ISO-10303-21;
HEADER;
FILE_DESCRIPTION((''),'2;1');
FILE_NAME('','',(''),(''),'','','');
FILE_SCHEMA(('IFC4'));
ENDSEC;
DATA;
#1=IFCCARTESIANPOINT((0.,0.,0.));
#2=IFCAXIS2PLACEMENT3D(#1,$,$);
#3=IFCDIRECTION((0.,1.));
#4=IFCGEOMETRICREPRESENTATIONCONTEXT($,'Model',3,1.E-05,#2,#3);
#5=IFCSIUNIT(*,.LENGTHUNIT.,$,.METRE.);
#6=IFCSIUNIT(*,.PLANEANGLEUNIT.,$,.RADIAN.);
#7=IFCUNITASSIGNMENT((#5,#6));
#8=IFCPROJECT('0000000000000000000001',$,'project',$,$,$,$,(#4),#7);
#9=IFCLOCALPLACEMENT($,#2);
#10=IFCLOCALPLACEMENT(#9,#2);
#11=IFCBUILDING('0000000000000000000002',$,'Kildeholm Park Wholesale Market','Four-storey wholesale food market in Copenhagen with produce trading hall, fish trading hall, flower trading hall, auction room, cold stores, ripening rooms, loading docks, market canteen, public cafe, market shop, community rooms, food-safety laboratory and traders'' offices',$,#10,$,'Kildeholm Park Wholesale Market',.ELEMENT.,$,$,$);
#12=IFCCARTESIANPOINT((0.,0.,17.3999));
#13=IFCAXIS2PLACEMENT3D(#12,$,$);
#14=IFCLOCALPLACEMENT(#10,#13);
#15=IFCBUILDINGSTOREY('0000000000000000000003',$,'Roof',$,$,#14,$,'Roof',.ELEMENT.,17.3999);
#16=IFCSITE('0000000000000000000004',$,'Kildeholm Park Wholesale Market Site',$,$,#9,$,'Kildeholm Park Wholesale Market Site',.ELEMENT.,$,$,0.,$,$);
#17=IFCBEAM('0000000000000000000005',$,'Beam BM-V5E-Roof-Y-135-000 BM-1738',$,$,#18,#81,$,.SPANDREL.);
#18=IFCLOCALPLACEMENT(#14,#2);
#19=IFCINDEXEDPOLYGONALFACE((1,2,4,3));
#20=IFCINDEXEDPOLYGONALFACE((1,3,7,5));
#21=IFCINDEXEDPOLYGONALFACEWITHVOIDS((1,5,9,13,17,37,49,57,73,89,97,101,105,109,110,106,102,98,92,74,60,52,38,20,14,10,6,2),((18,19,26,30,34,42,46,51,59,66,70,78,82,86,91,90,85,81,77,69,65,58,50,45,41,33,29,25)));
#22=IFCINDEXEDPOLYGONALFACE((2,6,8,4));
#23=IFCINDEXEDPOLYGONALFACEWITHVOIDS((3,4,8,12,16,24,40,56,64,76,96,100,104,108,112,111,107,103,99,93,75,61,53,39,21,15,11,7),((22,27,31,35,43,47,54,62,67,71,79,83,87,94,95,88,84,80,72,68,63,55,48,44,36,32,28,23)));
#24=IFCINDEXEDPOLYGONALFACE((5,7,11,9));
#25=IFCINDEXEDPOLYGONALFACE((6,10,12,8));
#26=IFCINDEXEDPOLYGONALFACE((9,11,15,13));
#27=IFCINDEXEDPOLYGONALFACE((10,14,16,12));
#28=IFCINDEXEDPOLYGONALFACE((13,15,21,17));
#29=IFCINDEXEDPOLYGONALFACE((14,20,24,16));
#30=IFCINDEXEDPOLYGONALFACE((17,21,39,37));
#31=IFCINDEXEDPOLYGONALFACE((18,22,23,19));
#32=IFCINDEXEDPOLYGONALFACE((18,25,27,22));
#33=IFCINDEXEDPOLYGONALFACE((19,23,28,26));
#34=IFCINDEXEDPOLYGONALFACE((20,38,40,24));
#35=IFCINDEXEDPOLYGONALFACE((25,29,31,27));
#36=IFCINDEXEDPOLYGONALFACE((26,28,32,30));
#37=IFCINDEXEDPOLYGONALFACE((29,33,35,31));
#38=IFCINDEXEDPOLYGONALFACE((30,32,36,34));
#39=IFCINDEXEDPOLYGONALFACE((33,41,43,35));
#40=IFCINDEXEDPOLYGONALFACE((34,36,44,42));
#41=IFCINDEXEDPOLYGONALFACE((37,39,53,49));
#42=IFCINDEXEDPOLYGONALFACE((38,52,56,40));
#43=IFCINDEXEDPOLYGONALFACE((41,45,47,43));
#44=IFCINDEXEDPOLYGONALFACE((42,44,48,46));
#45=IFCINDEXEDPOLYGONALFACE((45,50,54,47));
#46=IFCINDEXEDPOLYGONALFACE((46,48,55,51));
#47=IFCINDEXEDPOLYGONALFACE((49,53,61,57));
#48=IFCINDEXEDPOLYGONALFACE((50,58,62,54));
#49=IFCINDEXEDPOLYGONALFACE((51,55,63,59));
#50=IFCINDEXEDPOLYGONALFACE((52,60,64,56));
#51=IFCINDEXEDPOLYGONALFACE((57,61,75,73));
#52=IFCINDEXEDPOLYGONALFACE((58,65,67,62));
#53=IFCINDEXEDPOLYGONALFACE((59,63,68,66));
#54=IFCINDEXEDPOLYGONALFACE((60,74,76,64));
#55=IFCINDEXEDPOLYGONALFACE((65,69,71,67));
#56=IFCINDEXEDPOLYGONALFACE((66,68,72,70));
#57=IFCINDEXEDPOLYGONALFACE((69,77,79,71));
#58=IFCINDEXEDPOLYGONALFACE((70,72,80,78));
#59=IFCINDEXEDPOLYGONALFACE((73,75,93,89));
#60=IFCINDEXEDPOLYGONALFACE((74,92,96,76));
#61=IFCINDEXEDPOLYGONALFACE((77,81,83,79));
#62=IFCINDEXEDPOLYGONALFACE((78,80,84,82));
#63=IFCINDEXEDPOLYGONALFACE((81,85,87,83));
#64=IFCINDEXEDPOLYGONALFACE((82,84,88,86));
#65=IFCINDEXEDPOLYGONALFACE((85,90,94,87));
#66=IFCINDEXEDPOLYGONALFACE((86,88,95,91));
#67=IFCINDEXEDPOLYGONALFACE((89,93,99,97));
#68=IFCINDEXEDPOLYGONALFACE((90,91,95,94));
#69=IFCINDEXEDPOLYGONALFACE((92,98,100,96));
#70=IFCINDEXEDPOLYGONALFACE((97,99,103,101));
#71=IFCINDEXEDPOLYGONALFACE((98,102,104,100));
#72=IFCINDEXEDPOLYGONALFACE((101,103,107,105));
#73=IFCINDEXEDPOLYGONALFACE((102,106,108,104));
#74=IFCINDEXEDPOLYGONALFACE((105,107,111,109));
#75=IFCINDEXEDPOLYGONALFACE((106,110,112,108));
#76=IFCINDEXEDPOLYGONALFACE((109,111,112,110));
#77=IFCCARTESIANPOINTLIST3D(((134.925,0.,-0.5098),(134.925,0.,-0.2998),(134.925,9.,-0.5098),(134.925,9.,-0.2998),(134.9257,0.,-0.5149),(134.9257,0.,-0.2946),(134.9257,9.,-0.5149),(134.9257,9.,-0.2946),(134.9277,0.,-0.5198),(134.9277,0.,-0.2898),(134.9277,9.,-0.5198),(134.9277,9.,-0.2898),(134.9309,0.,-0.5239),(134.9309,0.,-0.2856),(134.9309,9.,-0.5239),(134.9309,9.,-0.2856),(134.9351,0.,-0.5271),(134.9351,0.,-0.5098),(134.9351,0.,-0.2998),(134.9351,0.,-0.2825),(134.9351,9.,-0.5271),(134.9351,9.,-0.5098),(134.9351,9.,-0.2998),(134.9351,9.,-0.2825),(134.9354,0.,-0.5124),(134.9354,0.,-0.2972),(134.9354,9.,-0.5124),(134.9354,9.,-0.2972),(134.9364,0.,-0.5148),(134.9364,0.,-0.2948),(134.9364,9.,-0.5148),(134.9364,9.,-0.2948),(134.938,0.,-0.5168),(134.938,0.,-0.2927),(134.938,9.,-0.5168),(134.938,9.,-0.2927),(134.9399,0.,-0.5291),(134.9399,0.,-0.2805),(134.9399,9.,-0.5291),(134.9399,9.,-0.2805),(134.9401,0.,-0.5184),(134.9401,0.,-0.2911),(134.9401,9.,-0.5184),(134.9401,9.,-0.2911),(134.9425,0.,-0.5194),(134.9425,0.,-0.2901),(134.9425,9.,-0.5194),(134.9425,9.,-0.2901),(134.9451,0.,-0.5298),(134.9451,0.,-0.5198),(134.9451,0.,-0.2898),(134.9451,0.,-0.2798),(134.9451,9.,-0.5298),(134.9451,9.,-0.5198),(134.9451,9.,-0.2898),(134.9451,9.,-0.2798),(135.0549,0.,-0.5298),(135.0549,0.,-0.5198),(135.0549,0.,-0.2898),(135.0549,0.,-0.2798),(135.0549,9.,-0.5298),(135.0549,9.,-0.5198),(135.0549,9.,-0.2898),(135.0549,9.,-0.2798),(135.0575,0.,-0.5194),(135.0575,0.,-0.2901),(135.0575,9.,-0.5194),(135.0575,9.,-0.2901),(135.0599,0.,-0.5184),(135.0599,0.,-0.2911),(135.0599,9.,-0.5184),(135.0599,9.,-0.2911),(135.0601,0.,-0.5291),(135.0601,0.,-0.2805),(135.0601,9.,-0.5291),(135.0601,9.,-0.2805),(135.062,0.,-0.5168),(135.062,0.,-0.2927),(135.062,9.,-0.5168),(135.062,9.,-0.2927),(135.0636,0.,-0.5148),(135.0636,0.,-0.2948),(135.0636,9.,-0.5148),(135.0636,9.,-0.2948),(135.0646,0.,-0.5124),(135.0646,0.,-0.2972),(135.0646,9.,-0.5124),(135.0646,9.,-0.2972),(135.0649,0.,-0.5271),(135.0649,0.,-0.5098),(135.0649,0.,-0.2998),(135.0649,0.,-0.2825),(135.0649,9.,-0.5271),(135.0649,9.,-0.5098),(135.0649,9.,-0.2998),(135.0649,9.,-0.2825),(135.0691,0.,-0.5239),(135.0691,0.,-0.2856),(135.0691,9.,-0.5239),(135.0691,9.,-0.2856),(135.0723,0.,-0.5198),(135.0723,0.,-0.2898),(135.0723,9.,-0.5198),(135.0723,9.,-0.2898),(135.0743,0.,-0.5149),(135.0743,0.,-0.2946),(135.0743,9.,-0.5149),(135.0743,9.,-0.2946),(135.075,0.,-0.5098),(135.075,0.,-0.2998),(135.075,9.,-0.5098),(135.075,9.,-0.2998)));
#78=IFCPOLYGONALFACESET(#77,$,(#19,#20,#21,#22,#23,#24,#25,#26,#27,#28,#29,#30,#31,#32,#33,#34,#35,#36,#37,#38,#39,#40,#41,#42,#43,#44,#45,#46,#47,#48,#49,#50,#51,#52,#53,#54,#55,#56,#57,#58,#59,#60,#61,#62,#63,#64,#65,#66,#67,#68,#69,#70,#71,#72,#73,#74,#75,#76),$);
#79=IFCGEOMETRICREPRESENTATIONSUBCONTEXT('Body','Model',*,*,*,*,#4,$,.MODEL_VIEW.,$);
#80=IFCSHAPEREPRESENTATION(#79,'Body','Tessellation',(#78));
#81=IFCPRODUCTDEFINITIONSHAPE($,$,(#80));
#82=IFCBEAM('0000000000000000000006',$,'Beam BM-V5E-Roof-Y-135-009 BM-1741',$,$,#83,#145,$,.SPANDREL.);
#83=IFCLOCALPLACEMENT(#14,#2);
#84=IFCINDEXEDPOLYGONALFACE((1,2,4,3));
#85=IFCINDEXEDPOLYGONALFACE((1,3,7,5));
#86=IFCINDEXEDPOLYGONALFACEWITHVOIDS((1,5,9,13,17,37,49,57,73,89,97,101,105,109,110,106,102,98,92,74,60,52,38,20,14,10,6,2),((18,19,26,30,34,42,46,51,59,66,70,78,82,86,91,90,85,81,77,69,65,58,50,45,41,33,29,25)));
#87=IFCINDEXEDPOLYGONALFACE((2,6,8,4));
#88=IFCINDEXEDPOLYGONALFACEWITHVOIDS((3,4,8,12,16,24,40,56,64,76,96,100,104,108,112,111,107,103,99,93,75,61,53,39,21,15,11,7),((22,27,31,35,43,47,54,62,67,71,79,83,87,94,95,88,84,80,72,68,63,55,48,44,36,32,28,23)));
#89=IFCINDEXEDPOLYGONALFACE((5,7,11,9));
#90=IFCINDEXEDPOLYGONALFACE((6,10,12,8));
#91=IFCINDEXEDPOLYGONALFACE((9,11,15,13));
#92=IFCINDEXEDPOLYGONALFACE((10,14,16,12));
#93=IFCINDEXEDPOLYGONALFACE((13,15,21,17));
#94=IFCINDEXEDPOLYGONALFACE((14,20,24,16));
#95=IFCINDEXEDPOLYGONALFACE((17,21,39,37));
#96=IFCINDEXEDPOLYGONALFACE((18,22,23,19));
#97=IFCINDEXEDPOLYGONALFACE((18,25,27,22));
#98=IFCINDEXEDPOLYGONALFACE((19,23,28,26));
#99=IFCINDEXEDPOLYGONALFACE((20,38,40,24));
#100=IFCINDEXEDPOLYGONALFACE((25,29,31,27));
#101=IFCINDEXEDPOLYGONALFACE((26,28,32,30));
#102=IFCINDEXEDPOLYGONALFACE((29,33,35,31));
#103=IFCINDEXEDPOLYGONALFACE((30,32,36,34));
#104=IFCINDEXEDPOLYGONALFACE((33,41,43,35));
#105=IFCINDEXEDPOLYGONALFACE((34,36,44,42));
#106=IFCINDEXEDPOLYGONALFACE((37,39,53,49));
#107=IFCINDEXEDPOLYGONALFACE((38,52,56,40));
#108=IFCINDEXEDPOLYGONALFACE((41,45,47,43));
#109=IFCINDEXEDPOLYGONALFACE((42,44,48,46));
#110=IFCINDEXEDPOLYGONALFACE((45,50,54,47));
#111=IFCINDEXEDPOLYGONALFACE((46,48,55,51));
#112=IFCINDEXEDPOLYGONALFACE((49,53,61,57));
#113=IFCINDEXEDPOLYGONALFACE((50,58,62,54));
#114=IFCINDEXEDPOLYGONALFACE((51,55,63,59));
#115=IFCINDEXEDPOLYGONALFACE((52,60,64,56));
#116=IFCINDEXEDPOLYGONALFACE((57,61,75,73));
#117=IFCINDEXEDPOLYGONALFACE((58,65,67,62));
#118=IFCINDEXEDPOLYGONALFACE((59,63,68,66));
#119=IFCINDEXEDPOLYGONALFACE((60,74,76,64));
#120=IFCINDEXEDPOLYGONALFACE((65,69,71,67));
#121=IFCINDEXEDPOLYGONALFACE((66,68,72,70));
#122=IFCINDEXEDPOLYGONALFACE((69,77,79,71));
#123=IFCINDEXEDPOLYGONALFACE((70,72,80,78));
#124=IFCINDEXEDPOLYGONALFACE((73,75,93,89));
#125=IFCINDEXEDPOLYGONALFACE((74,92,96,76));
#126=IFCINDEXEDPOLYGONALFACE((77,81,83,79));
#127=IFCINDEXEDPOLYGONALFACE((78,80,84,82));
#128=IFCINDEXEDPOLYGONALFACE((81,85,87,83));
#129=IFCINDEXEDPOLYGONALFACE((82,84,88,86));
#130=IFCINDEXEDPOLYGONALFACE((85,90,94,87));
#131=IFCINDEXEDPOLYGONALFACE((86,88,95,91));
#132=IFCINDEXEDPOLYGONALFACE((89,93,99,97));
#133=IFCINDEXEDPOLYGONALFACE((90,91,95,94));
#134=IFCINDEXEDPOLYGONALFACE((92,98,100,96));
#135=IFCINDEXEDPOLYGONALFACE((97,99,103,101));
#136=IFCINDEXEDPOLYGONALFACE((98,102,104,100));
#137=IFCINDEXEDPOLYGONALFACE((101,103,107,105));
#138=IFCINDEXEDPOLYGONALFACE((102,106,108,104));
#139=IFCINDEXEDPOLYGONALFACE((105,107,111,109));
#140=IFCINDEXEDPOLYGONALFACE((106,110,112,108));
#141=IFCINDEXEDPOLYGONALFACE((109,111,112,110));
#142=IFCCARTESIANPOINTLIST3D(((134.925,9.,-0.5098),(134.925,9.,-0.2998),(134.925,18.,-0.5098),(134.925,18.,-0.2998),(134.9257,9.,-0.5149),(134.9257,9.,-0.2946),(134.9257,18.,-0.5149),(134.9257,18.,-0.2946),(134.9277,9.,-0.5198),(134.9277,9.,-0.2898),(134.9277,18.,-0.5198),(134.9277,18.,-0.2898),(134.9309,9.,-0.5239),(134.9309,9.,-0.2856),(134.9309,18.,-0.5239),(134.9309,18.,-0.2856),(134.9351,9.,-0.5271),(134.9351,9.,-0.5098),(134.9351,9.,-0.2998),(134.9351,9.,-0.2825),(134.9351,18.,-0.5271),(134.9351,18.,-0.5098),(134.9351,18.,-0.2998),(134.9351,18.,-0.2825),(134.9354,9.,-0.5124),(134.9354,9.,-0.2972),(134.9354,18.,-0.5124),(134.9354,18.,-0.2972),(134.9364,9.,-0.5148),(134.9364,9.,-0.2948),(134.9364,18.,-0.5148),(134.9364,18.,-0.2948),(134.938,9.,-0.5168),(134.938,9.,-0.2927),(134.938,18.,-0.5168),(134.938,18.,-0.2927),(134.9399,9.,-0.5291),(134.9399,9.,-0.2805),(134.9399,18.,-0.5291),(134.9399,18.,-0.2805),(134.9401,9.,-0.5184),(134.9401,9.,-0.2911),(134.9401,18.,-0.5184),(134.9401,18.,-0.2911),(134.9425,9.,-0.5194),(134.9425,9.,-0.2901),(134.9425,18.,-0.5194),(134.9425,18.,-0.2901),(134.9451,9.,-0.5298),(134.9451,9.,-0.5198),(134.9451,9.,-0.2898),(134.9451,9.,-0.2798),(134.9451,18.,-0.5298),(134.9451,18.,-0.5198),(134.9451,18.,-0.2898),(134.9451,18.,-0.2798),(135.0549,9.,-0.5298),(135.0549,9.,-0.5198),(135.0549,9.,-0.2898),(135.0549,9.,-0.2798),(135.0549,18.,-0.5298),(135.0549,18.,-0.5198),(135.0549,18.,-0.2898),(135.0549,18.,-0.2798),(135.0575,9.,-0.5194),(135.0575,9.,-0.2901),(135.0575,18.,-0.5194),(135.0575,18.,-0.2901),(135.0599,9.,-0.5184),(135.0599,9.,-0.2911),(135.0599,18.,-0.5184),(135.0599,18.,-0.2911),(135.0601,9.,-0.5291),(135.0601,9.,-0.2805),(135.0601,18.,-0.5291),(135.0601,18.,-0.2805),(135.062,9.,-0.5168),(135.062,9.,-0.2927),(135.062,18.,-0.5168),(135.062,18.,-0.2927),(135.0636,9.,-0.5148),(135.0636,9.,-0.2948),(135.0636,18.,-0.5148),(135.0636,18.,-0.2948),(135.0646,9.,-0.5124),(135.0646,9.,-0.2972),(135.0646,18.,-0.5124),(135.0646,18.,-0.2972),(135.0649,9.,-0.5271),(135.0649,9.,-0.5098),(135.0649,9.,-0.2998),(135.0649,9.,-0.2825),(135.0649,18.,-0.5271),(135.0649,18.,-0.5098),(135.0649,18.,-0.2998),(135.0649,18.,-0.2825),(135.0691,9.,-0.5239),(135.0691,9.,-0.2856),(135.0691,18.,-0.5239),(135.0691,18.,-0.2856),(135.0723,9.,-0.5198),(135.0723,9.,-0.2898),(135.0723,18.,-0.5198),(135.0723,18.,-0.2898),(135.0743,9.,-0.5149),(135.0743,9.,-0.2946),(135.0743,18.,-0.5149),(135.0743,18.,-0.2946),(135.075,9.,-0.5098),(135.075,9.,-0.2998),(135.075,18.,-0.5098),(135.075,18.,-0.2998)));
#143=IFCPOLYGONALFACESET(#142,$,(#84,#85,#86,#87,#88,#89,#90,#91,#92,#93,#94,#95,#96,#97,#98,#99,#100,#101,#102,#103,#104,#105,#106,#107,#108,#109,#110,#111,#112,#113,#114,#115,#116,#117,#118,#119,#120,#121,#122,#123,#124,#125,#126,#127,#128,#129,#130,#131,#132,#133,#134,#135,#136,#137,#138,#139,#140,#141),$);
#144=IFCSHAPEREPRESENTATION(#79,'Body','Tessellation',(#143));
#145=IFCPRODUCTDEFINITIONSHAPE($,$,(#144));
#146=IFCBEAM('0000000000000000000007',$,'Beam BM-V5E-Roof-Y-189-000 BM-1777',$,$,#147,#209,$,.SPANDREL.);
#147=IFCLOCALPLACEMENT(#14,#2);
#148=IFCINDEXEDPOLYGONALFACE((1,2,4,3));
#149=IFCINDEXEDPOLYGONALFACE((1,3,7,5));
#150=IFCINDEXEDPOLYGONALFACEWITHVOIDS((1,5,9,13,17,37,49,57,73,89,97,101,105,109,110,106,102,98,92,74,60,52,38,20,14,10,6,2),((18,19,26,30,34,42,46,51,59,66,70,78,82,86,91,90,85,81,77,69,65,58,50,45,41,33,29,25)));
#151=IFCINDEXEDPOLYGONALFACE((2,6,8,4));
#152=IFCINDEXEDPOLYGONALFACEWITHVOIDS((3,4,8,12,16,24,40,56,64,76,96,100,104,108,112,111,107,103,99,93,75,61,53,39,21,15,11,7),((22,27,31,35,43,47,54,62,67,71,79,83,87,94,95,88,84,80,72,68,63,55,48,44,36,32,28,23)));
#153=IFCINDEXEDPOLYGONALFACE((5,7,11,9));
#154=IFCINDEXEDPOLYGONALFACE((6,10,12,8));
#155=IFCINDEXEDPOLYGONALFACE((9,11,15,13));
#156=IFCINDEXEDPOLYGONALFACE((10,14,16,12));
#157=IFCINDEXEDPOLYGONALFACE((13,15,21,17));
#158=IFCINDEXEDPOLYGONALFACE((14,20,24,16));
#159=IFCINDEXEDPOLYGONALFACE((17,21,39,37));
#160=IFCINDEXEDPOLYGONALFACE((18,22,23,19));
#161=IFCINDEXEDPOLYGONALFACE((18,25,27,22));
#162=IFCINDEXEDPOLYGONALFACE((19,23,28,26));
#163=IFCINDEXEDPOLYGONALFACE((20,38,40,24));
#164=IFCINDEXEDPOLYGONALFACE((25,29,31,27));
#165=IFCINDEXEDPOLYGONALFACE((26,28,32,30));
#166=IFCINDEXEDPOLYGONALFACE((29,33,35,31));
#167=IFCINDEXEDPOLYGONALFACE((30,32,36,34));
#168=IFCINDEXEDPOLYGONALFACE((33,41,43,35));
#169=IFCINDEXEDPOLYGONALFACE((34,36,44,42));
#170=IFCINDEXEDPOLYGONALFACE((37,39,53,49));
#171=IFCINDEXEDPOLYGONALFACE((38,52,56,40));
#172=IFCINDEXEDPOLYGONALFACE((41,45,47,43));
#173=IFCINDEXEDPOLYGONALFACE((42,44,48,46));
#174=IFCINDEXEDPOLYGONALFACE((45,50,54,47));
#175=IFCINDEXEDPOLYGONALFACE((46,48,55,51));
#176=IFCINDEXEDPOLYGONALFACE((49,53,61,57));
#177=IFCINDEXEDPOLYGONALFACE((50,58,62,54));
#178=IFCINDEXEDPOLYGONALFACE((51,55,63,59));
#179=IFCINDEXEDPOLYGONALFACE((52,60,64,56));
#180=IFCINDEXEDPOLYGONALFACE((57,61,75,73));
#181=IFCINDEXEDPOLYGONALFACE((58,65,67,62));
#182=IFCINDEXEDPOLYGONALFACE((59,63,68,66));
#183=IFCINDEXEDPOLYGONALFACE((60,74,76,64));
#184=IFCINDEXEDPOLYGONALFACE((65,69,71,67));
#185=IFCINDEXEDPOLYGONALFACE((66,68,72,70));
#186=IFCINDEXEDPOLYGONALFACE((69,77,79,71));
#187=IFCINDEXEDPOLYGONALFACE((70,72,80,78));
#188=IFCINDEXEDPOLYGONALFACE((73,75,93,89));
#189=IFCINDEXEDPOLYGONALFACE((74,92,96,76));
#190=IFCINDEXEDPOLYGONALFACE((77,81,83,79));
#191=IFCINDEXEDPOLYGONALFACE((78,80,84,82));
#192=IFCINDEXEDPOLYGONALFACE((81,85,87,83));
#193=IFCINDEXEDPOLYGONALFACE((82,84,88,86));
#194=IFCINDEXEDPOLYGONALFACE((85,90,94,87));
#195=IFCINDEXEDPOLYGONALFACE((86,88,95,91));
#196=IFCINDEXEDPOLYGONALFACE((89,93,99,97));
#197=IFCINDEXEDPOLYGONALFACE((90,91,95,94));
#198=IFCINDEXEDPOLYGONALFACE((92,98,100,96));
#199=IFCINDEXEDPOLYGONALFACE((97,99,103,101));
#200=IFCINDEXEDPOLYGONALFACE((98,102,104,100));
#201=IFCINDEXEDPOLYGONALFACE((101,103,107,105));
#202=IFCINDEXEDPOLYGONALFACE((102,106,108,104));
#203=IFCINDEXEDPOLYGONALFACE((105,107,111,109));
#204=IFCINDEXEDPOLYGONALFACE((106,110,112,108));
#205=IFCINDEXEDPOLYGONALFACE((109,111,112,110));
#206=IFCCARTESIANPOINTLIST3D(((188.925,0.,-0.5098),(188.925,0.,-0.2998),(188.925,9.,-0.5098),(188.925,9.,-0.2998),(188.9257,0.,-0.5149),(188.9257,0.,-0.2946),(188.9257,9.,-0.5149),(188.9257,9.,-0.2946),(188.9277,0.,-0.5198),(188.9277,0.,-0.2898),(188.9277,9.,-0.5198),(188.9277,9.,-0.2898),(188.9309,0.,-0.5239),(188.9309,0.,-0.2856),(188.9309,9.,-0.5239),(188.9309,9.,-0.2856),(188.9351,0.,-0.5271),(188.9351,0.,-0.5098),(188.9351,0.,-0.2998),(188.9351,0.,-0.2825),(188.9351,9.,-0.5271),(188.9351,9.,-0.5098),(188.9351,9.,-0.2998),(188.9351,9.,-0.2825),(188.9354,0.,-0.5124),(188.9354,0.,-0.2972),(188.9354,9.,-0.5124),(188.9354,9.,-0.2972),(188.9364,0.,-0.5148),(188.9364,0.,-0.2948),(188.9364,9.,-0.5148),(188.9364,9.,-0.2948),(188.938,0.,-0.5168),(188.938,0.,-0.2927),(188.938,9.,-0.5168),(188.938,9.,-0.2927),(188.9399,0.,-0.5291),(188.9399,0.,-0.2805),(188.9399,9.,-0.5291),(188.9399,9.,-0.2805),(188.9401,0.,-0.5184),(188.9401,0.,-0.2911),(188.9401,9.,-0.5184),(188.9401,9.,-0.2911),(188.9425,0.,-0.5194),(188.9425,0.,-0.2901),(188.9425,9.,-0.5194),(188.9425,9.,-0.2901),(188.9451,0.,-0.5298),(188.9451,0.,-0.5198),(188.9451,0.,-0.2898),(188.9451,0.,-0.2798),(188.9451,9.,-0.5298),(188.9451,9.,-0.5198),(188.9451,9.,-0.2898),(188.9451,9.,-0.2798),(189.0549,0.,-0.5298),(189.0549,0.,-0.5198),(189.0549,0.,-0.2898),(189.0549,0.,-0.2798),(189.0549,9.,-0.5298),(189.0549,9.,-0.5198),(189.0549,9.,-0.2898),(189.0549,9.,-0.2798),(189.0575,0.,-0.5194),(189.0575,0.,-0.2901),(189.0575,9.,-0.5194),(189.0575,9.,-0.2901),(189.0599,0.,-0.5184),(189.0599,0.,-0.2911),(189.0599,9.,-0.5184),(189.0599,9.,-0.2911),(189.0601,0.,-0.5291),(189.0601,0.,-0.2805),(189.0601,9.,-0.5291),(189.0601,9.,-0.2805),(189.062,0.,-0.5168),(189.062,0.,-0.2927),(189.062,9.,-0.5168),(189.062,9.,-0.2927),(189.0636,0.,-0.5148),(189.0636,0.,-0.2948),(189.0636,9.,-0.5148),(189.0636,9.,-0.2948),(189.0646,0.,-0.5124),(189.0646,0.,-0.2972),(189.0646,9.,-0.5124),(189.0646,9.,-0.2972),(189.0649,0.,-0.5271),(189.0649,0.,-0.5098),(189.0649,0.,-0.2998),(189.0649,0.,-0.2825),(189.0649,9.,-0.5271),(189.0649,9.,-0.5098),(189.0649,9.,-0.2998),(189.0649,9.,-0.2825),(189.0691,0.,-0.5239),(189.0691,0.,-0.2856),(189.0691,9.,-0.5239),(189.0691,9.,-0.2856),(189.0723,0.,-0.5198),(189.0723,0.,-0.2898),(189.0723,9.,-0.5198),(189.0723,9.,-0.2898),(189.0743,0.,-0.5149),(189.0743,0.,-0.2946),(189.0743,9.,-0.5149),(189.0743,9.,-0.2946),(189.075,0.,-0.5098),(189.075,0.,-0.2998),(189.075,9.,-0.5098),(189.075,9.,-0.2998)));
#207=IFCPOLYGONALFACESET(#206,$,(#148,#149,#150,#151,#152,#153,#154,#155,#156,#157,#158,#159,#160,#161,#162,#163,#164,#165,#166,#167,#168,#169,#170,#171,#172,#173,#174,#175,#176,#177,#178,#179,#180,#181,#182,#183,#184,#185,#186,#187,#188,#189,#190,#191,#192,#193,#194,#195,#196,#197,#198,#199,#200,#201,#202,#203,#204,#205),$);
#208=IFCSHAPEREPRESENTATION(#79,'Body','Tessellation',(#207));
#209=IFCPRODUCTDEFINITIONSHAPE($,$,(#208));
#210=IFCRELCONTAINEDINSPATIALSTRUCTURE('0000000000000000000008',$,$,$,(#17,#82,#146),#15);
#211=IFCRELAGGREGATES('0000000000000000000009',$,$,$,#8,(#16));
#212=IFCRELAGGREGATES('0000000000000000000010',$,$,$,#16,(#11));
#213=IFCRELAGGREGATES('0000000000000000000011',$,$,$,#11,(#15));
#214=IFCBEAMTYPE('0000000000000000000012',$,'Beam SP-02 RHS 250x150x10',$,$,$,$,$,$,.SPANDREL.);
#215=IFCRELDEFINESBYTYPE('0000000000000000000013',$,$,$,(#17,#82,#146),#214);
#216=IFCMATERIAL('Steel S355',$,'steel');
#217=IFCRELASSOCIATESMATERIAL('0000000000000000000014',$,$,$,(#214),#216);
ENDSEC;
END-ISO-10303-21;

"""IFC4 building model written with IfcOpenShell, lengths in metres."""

from ifc_helpers import new_model, si_unit, direction, frame, origin, origin_2d, place, context, subcontext, project, spatial, hollow_rectangle, extrude, material, material_profile, profile_set, type_object, element, save


model = new_model("IFC4")

# Units and contexts
model_context = context("Model", 3, precision=1e-05, world=origin(), true_north=direction((0.0, 1.0)))
body_context = subcontext(model_context, "Body", "Model", "MODEL_VIEW")
ifc_project = project(units=[si_unit("LENGTHUNIT", "METRE"), si_unit("PLANEANGLEUNIT", "RADIAN")], contexts=[model_context])

# Site, building, storey
site_placement = place(None, origin())
site = spatial("IfcSite", under=ifc_project, at=site_placement, Name="Kildeholm Park Wholesale Market Site", LongName="Kildeholm Park Wholesale Market Site", CompositionType="ELEMENT", RefElevation=0.0)
building_placement = place(site_placement, origin())
building = spatial("IfcBuilding", under=site, at=building_placement, Name="Kildeholm Park Wholesale Market", Description="Four-storey wholesale food market in Copenhagen with produce trading hall, fish trading hall, flower trading hall, auction room, cold stores, ripening rooms, loading docks, market canteen, public cafe, market shop, community rooms, food-safety laboratory and traders' offices", LongName="Kildeholm Park Wholesale Market", CompositionType="ELEMENT")
storey_placement = place(building_placement, frame((0.0, 0.0, 17.3999)))
storey = spatial("IfcBuildingStorey", under=building, at=storey_placement, Name="Roof", LongName="Roof", CompositionType="ELEMENT", Elevation=17.3999)

# Beams
ifc_material = material(Name="Steel S355", Category="steel")
ifc_material_profile_1 = material_profile(ifc_material, hollow_rectangle(XDim=0.1499, YDim=0.25, WallThickness=0.01, InnerFilletRadius=0.01, OuterFilletRadius=0.02, at=origin_2d()), Name="RHS 250x150x10")
ifc_profile_set_1 = profile_set([ifc_material_profile_1], Name="Steel S355")
beam_type_1 = type_object("IfcBeamType", Name="Beam SP-02 RHS 250x150x10", PredefinedType="SPANDREL", material=ifc_profile_set_1)
for number, where, z_axis, x_axis, name in (
    (1, (135.0, 0.0, -0.4048), (0.0, 1.0, 0.0), (-1.0, 0.0, 0.0), "Beam BM-V5E-Roof-Y-135-000 BM-1738"),
    (2, (135.0, 9.0, -0.4048), (0.0, 1.0, 0.0), (-1.0, 0.0, 0.0), "Beam BM-V5E-Roof-Y-135-009 BM-1741"),
    (3, (189.0, 0.0, -0.4048), (0.0, 1.0, 0.0), (-1.0, 0.0, 0.0), "Beam BM-V5E-Roof-Y-189-000 BM-1777"),
):
    element("IfcBeam", number, at=place(storey_placement, frame(where, z_axis=z_axis, x_axis=x_axis)), inside=storey, type_object=beam_type_1, Name=name, PredefinedType="SPANDREL", context=body_context, shape_type="SweptSolid", body=[
        extrude(hollow_rectangle(XDim=0.1499, YDim=0.25, WallThickness=0.01, InnerFilletRadius=0.01, OuterFilletRadius=0.02, at=origin_2d()), origin(), (0.0, 0.0, 1.0), 9.0),
    ])

save(model, "model.ifc")
